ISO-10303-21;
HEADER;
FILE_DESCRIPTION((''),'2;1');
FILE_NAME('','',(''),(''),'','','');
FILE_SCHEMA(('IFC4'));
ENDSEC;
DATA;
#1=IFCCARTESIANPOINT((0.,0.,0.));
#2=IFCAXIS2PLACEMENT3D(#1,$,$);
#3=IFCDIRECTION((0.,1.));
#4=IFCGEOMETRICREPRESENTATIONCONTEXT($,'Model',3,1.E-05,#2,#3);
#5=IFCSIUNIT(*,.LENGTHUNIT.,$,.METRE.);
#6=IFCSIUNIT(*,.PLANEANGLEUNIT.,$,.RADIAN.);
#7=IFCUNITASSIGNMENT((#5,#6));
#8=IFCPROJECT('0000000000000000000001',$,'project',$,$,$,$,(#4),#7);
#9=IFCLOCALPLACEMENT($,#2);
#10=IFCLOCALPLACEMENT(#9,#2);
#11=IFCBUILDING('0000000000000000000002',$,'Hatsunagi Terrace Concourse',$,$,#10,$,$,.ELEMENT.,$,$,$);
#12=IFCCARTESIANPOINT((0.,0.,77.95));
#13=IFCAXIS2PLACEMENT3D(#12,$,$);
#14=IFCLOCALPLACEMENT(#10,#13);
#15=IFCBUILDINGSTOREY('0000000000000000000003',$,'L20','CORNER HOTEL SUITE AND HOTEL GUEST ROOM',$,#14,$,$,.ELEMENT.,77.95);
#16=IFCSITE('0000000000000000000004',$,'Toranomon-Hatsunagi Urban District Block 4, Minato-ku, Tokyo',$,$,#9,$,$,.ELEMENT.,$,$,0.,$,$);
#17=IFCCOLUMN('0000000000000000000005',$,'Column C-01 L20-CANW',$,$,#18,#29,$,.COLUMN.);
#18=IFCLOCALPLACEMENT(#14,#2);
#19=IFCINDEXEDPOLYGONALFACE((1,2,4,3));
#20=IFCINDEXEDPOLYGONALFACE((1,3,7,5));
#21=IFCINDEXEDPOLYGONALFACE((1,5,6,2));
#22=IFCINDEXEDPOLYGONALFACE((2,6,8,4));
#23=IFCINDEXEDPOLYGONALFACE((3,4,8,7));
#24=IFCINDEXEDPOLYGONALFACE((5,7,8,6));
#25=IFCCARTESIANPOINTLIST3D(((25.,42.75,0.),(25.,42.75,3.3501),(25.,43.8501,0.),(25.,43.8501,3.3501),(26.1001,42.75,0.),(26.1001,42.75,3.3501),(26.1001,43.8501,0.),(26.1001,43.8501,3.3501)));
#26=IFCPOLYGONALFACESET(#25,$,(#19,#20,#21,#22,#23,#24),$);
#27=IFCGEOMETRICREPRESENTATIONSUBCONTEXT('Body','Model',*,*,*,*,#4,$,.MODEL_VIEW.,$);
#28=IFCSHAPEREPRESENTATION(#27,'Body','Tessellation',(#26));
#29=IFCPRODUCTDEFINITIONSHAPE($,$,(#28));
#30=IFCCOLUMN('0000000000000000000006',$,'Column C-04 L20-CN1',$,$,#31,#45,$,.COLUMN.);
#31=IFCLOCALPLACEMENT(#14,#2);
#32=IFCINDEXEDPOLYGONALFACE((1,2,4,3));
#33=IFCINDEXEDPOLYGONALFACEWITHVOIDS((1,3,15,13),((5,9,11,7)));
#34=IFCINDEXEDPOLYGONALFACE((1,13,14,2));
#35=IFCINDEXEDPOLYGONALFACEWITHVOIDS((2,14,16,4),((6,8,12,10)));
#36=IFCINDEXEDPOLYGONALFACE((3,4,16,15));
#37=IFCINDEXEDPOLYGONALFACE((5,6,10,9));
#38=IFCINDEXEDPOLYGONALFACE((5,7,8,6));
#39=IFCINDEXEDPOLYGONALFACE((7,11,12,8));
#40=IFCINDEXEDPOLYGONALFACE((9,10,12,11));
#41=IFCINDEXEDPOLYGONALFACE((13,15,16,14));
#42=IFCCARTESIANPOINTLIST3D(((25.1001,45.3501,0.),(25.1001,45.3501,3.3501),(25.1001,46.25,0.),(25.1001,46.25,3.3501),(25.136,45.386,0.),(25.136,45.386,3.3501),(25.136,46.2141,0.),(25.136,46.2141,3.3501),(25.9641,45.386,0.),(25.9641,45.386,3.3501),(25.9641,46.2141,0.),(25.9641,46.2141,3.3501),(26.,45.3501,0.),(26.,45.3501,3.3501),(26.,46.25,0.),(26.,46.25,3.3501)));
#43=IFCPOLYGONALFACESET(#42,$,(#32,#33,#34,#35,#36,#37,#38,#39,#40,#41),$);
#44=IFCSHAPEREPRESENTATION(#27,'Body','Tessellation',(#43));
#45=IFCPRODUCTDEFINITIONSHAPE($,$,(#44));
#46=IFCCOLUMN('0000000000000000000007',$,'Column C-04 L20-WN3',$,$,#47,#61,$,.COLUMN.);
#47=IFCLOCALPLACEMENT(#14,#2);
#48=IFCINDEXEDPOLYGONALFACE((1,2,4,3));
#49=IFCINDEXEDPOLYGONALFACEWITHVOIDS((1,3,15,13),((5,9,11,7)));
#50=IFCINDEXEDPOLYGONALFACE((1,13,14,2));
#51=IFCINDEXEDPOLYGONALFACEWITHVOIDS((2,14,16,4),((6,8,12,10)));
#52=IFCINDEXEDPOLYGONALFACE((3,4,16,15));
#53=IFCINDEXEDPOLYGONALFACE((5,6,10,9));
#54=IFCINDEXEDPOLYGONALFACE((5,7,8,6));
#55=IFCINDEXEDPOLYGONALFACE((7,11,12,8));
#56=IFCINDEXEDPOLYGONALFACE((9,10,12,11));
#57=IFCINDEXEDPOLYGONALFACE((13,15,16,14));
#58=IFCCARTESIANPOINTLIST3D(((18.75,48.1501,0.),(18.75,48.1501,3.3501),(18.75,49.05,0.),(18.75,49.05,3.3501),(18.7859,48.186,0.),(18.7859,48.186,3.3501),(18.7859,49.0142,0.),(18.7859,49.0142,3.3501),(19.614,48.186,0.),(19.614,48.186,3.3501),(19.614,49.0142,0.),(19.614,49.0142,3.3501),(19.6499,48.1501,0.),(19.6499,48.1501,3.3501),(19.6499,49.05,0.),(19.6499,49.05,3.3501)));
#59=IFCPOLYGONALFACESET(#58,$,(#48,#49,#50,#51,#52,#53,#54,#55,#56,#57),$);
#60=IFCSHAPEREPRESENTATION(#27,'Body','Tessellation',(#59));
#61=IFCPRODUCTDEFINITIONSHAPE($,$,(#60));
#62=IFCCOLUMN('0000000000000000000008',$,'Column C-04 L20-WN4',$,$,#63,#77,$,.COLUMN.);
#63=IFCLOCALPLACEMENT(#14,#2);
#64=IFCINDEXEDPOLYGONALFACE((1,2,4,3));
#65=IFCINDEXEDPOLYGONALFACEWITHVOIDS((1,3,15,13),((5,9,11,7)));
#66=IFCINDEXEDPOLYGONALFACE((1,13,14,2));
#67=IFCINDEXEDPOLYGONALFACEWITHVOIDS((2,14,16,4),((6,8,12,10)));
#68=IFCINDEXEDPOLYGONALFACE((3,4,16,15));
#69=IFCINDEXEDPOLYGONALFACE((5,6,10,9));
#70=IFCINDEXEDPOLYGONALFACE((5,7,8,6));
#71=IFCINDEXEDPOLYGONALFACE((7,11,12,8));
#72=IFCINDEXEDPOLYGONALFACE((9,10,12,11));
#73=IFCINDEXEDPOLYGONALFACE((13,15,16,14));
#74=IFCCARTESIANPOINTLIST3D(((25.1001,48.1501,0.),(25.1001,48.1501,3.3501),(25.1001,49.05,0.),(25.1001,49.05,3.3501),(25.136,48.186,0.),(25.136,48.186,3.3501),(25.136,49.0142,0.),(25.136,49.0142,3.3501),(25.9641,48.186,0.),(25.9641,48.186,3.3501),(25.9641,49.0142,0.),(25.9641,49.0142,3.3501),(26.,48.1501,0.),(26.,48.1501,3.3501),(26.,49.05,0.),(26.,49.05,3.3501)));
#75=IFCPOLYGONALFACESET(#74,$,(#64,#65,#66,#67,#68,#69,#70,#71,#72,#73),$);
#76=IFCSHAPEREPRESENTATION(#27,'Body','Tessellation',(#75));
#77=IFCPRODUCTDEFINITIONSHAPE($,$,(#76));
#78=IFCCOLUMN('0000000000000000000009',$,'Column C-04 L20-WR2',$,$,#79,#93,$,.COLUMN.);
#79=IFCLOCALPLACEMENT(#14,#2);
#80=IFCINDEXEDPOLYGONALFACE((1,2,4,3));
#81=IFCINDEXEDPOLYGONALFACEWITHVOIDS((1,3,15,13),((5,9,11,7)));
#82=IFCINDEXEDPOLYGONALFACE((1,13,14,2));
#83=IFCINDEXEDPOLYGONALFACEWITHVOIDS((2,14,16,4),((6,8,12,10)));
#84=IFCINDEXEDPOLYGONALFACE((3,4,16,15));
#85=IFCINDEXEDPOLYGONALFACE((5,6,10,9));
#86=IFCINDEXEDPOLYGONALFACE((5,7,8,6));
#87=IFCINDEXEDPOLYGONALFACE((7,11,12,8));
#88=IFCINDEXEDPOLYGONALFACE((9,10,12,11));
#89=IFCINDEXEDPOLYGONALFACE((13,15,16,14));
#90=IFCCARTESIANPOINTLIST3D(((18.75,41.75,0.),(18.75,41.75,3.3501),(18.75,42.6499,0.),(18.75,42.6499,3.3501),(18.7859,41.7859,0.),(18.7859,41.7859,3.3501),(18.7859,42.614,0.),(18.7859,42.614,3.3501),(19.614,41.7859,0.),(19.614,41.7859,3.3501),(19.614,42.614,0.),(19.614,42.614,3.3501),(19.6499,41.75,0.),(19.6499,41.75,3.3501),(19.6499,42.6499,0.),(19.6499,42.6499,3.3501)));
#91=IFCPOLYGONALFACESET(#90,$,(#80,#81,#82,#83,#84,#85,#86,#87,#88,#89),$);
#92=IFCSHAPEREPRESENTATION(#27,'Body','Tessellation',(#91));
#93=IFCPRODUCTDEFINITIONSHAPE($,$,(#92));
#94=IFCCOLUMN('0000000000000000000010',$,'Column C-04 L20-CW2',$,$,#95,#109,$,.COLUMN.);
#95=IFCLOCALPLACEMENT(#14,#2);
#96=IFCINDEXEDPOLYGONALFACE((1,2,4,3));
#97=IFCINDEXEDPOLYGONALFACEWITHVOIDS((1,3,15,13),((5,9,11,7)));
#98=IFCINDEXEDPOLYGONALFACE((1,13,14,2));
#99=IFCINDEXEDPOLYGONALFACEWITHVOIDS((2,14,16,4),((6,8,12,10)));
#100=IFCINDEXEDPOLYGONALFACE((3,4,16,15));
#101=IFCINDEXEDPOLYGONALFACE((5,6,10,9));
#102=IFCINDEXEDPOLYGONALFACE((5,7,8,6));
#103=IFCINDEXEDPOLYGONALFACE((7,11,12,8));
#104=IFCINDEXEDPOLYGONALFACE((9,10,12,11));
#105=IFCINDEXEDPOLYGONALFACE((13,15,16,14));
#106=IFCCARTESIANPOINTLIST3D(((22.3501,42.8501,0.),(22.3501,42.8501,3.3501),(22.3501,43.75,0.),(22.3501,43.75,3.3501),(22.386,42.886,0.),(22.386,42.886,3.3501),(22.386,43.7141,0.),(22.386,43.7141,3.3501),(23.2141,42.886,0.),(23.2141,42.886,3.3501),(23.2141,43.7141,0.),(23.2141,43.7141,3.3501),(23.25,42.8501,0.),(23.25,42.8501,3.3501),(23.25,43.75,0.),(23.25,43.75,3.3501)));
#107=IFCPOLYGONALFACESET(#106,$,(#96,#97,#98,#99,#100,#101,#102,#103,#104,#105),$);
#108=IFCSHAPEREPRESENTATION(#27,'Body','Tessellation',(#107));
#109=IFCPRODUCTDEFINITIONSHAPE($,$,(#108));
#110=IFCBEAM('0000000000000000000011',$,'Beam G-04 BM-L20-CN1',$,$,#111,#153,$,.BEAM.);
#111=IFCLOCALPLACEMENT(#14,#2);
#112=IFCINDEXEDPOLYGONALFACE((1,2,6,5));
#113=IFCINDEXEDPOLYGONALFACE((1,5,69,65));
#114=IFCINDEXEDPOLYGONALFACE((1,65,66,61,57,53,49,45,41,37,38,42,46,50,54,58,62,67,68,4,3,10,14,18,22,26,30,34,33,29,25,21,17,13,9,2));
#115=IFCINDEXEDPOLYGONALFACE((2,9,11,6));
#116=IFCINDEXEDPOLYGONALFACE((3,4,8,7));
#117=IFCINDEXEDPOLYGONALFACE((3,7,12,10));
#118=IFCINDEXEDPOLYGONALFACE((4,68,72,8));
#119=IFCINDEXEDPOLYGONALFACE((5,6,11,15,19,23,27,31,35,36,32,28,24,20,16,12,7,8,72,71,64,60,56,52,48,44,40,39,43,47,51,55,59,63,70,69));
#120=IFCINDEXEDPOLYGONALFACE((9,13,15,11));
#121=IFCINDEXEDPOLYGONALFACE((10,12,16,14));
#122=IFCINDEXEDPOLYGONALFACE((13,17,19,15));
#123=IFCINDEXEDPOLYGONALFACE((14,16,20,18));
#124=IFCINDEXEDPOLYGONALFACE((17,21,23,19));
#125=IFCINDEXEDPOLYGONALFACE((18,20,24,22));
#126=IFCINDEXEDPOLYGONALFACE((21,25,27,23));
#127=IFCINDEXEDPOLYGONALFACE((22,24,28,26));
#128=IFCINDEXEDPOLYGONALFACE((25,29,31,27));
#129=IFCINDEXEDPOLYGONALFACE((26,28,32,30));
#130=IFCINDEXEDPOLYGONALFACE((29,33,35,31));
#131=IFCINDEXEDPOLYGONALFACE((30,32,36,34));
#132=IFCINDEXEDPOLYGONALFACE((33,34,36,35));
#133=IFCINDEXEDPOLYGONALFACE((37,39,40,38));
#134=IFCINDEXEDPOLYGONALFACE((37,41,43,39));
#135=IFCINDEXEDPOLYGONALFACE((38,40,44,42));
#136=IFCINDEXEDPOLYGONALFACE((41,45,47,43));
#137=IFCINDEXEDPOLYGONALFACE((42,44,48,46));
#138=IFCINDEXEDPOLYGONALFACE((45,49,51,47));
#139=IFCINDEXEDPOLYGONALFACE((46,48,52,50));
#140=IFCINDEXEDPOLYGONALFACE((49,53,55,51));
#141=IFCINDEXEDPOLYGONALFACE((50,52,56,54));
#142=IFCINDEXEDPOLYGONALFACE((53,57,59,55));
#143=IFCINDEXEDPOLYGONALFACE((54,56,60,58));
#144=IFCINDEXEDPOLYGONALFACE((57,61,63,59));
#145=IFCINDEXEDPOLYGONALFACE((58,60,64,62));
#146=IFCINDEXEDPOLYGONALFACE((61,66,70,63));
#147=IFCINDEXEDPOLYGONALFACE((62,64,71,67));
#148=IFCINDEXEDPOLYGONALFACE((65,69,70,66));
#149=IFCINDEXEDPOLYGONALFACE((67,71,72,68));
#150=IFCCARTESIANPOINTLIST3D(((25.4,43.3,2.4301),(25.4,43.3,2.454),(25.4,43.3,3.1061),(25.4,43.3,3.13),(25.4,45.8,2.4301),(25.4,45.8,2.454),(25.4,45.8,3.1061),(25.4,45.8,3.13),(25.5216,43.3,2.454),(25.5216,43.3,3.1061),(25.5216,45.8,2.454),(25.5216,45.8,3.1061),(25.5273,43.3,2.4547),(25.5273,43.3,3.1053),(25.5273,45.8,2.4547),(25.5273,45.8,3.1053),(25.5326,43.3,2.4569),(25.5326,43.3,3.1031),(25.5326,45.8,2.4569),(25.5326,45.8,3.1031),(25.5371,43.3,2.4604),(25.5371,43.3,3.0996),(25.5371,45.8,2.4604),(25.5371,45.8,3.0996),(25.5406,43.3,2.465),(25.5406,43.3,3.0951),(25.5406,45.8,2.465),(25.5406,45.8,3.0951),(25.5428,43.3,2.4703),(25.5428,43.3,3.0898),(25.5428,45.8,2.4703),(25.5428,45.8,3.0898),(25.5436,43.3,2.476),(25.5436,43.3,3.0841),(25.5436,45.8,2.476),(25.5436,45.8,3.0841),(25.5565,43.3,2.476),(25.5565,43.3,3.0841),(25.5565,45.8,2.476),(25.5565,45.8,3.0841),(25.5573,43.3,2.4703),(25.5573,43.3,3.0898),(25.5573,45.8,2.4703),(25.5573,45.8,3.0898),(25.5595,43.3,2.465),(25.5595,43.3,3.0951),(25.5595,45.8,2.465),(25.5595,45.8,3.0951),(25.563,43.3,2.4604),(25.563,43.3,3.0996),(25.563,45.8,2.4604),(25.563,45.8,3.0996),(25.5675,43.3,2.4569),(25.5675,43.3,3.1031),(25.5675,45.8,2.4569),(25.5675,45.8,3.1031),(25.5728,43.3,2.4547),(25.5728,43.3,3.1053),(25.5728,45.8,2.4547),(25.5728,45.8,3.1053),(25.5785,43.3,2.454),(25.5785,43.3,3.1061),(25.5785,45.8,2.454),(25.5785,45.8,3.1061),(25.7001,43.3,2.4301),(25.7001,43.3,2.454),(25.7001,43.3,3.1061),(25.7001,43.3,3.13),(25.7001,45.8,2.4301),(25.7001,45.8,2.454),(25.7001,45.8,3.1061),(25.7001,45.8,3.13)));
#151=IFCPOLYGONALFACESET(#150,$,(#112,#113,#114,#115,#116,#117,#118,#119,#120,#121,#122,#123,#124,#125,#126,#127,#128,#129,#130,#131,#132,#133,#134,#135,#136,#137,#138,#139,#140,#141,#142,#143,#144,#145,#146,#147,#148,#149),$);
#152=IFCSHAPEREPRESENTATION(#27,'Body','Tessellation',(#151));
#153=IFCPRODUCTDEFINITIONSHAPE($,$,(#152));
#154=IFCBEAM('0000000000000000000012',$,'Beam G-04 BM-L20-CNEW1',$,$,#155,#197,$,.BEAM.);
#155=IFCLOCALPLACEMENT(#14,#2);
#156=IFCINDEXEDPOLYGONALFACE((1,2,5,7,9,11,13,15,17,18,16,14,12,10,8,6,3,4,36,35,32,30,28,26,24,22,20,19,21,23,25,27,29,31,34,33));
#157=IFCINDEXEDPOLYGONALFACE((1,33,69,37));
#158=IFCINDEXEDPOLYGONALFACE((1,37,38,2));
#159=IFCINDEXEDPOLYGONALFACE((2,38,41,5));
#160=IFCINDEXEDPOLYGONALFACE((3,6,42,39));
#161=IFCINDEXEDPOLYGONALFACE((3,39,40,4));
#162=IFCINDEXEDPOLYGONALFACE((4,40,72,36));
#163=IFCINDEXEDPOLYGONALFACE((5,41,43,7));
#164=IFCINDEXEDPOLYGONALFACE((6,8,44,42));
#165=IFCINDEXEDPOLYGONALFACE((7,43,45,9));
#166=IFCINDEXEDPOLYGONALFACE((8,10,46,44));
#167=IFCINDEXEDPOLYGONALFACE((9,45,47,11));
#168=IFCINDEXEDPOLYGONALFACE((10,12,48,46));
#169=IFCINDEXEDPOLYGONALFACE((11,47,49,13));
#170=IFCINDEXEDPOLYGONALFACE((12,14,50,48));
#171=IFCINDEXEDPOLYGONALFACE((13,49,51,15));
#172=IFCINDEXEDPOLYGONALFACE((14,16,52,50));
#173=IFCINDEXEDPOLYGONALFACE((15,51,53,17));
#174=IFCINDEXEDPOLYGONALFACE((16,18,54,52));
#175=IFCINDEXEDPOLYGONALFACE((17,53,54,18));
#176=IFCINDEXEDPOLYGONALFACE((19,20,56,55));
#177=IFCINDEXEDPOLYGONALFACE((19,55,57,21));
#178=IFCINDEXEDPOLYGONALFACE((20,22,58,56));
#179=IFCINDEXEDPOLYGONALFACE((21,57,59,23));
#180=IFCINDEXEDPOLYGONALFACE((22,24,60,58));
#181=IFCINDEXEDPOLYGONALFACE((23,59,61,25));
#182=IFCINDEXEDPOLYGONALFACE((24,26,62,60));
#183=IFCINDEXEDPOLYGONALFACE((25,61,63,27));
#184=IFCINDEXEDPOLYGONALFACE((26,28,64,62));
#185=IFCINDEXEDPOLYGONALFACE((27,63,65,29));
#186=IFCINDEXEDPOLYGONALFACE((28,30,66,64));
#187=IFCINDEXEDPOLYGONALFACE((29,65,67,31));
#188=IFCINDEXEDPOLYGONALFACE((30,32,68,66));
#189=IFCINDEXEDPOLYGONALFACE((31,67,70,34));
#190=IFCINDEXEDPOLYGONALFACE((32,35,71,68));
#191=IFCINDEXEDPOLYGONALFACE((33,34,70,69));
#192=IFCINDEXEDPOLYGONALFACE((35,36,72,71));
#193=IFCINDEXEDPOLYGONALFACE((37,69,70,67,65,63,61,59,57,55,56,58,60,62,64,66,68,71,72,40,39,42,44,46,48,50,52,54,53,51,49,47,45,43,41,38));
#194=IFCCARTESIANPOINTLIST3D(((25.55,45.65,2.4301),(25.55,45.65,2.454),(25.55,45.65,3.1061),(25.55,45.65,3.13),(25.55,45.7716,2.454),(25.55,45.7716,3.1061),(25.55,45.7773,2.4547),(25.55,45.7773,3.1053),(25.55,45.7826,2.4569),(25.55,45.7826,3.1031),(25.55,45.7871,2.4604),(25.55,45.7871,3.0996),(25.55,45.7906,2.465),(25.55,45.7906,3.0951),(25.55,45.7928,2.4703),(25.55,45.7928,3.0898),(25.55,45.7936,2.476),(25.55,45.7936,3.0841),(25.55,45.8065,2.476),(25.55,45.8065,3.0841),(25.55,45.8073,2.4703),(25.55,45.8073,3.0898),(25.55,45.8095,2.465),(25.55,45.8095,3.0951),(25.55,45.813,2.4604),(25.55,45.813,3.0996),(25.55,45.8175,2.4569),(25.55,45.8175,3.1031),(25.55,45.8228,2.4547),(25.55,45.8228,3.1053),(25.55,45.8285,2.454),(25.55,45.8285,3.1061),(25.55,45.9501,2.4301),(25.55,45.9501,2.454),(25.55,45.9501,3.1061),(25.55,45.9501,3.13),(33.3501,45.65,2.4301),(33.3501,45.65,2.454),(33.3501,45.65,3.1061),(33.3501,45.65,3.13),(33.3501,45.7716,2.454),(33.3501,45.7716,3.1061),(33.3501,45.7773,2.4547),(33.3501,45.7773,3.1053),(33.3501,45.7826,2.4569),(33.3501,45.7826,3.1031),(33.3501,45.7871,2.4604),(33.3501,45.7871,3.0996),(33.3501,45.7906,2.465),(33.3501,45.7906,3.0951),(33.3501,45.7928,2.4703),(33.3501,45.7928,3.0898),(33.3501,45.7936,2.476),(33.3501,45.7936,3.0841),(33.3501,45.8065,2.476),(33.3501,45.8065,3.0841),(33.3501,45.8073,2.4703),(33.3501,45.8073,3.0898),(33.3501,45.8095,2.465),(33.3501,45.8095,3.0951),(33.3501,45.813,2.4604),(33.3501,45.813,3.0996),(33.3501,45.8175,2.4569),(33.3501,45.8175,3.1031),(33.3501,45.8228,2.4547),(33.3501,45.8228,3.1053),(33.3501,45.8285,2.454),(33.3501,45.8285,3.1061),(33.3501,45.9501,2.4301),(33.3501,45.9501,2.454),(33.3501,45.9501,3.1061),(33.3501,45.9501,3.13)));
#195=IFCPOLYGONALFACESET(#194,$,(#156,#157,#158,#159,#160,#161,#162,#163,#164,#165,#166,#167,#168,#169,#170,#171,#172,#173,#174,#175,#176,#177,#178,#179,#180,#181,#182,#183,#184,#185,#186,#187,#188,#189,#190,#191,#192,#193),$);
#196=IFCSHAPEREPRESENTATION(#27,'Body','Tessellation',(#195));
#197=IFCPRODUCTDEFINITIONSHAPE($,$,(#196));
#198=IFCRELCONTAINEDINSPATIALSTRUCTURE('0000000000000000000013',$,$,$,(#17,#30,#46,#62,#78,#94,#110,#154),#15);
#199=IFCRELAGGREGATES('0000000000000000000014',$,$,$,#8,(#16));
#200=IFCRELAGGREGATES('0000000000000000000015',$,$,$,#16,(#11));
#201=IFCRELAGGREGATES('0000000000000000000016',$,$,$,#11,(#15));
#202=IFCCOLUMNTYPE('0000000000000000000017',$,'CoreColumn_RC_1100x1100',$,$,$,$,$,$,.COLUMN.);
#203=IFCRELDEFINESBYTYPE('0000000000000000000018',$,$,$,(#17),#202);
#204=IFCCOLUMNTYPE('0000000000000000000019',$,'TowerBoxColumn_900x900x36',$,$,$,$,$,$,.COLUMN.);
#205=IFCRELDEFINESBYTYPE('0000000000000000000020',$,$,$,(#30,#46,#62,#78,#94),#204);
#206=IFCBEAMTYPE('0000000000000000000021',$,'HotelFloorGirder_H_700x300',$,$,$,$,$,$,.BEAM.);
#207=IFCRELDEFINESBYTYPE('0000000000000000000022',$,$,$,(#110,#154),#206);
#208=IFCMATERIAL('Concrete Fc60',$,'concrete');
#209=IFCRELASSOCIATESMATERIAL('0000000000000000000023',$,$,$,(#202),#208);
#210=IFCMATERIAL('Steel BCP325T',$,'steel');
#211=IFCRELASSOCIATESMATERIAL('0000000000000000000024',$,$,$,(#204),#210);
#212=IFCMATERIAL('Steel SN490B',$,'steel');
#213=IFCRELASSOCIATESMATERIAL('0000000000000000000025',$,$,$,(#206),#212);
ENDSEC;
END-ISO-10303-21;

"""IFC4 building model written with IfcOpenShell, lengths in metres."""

from ifc_helpers import new_model, si_unit, direction, frame, origin, origin_2d, place, context, subcontext, project, spatial, rectangle, hollow_rectangle, i_section, extrude, material, material_profile, profile_set, type_object, element, save


model = new_model("IFC4")

# Units and contexts
model_context = context("Model", 3, precision=1e-05, world=origin(), true_north=direction((0.0, 1.0)))
body_context = subcontext(model_context, "Body", "Model", "MODEL_VIEW")
ifc_project = project(units=[si_unit("LENGTHUNIT", "METRE"), si_unit("PLANEANGLEUNIT", "RADIAN")], contexts=[model_context])

# Site, building, storey
site_placement = place(None, origin())
site = spatial("IfcSite", under=ifc_project, at=site_placement, Name="Toranomon-Hatsunagi Urban District Block 4, Minato-ku, Tokyo", CompositionType="ELEMENT", RefElevation=0.0)
building_placement = place(site_placement, origin())
building = spatial("IfcBuilding", under=site, at=building_placement, Name="Hatsunagi Terrace Concourse", CompositionType="ELEMENT")
storey_placement = place(building_placement, frame((0.0, 0.0, 77.95)))
storey = spatial("IfcBuildingStorey", under=building, at=storey_placement, Name="L20", Description="CORNER HOTEL SUITE AND HOTEL GUEST ROOM", CompositionType="ELEMENT", Elevation=77.95)

# Columns
ifc_material_1 = material(Name="Concrete Fc60", Category="concrete")
ifc_material_profile_1 = material_profile(ifc_material_1, rectangle(XDim=1.1001, YDim=1.1001, at=origin_2d()), Name="RC-1100x1100")
ifc_profile_set_1 = profile_set([ifc_material_profile_1], Name="Concrete Fc60")
column_type_1 = type_object("IfcColumnType", Name="CoreColumn_RC_1100x1100", PredefinedType="COLUMN", material=ifc_profile_set_1)
column_placement = place(storey_placement, frame((25.55, 43.3, 0.0), z_axis=(0.0, 0.0, 1.0), x_axis=(1.0, 0.0, 0.0)))
element("IfcColumn", 1, at=column_placement, inside=storey, type_object=column_type_1, Name="Column C-01 L20-CANW", PredefinedType="COLUMN", context=body_context, shape_type="SweptSolid", body=[
    extrude(rectangle(XDim=1.1001, YDim=1.1001, at=origin_2d()), origin(), (0.0, 0.0, 1.0), 3.3501),
])
ifc_material_2 = material(Name="Steel BCP325T", Category="steel")
ifc_material_profile_2 = material_profile(ifc_material_2, hollow_rectangle(XDim=0.8999, YDim=0.8999, WallThickness=0.0359, at=origin_2d()), Name="BCP-900x900x36")
ifc_profile_set_2 = profile_set([ifc_material_profile_2], Name="Steel BCP325T")
column_type_2 = type_object("IfcColumnType", Name="TowerBoxColumn_900x900x36", PredefinedType="COLUMN", material=ifc_profile_set_2)
for number, where, z_axis, x_axis, name in (
    (2, (25.55, 45.8, 0.0), (0.0, 0.0, 1.0), (1.0, 0.0, 0.0), "Column C-04 L20-CN1"),
    (3, (19.2, 48.6001, 0.0), (0.0, 0.0, 1.0), (1.0, 0.0, 0.0), "Column C-04 L20-WN3"),
    (4, (25.55, 48.6001, 0.0), (0.0, 0.0, 1.0), (1.0, 0.0, 0.0), "Column C-04 L20-WN4"),
    (5, (19.2, 42.2, 0.0), (0.0, 0.0, 1.0), (1.0, 0.0, 0.0), "Column C-04 L20-WR2"),
    (6, (22.8, 43.3, 0.0), (0.0, 0.0, 1.0), (1.0, 0.0, 0.0), "Column C-04 L20-CW2"),
):
    element("IfcColumn", number, at=place(storey_placement, frame(where, z_axis=z_axis, x_axis=x_axis)), inside=storey, type_object=column_type_2, Name=name, PredefinedType="COLUMN", context=body_context, shape_type="SweptSolid", body=[
        extrude(hollow_rectangle(XDim=0.8999, YDim=0.8999, WallThickness=0.0359, at=origin_2d()), origin(), (0.0, 0.0, 1.0), 3.3501),
    ])

# Beams
ifc_material_3 = material(Name="Steel SN490B", Category="steel")
ifc_material_profile_3 = material_profile(ifc_material_3, i_section(OverallWidth=0.3, OverallDepth=0.7, WebThickness=0.0129, FlangeThickness=0.0239, FilletRadius=0.022, at=origin_2d()), Name="H-700x300x13x24")
ifc_profile_set_3 = profile_set([ifc_material_profile_3], Name="Steel SN490B")
beam_type_1 = type_object("IfcBeamType", Name="HotelFloorGirder_H_700x300", PredefinedType="BEAM", material=ifc_profile_set_3)
beam_1_placement = place(storey_placement, frame((25.55, 43.3, 2.78), z_axis=(0.0, 1.0, 0.0), x_axis=(-1.0, 0.0, 0.0)))
element("IfcBeam", 7, at=beam_1_placement, inside=storey, type_object=beam_type_1, Name="Beam G-04 BM-L20-CN1", PredefinedType="BEAM", context=body_context, shape_type="SweptSolid", body=[
    extrude(i_section(OverallWidth=0.3, OverallDepth=0.7, WebThickness=0.0129, FlangeThickness=0.0239, FilletRadius=0.022, at=origin_2d()), origin(), (0.0, 0.0, 1.0), 2.5),
])
beam_2_placement = place(storey_placement, frame((25.55, 45.8, 2.78), z_axis=(1.0, 0.0, 0.0), x_axis=(0.0, 1.0, 0.0)))
element("IfcBeam", 8, at=beam_2_placement, inside=storey, type_object=beam_type_1, Name="Beam G-04 BM-L20-CNEW1", PredefinedType="BEAM", context=body_context, shape_type="SweptSolid", body=[
    extrude(i_section(OverallWidth=0.3, OverallDepth=0.7, WebThickness=0.0129, FlangeThickness=0.0239, FilletRadius=0.022, at=origin_2d()), origin(), (0.0, 0.0, 1.0), 7.8),
])

save(model, "model.ifc")
